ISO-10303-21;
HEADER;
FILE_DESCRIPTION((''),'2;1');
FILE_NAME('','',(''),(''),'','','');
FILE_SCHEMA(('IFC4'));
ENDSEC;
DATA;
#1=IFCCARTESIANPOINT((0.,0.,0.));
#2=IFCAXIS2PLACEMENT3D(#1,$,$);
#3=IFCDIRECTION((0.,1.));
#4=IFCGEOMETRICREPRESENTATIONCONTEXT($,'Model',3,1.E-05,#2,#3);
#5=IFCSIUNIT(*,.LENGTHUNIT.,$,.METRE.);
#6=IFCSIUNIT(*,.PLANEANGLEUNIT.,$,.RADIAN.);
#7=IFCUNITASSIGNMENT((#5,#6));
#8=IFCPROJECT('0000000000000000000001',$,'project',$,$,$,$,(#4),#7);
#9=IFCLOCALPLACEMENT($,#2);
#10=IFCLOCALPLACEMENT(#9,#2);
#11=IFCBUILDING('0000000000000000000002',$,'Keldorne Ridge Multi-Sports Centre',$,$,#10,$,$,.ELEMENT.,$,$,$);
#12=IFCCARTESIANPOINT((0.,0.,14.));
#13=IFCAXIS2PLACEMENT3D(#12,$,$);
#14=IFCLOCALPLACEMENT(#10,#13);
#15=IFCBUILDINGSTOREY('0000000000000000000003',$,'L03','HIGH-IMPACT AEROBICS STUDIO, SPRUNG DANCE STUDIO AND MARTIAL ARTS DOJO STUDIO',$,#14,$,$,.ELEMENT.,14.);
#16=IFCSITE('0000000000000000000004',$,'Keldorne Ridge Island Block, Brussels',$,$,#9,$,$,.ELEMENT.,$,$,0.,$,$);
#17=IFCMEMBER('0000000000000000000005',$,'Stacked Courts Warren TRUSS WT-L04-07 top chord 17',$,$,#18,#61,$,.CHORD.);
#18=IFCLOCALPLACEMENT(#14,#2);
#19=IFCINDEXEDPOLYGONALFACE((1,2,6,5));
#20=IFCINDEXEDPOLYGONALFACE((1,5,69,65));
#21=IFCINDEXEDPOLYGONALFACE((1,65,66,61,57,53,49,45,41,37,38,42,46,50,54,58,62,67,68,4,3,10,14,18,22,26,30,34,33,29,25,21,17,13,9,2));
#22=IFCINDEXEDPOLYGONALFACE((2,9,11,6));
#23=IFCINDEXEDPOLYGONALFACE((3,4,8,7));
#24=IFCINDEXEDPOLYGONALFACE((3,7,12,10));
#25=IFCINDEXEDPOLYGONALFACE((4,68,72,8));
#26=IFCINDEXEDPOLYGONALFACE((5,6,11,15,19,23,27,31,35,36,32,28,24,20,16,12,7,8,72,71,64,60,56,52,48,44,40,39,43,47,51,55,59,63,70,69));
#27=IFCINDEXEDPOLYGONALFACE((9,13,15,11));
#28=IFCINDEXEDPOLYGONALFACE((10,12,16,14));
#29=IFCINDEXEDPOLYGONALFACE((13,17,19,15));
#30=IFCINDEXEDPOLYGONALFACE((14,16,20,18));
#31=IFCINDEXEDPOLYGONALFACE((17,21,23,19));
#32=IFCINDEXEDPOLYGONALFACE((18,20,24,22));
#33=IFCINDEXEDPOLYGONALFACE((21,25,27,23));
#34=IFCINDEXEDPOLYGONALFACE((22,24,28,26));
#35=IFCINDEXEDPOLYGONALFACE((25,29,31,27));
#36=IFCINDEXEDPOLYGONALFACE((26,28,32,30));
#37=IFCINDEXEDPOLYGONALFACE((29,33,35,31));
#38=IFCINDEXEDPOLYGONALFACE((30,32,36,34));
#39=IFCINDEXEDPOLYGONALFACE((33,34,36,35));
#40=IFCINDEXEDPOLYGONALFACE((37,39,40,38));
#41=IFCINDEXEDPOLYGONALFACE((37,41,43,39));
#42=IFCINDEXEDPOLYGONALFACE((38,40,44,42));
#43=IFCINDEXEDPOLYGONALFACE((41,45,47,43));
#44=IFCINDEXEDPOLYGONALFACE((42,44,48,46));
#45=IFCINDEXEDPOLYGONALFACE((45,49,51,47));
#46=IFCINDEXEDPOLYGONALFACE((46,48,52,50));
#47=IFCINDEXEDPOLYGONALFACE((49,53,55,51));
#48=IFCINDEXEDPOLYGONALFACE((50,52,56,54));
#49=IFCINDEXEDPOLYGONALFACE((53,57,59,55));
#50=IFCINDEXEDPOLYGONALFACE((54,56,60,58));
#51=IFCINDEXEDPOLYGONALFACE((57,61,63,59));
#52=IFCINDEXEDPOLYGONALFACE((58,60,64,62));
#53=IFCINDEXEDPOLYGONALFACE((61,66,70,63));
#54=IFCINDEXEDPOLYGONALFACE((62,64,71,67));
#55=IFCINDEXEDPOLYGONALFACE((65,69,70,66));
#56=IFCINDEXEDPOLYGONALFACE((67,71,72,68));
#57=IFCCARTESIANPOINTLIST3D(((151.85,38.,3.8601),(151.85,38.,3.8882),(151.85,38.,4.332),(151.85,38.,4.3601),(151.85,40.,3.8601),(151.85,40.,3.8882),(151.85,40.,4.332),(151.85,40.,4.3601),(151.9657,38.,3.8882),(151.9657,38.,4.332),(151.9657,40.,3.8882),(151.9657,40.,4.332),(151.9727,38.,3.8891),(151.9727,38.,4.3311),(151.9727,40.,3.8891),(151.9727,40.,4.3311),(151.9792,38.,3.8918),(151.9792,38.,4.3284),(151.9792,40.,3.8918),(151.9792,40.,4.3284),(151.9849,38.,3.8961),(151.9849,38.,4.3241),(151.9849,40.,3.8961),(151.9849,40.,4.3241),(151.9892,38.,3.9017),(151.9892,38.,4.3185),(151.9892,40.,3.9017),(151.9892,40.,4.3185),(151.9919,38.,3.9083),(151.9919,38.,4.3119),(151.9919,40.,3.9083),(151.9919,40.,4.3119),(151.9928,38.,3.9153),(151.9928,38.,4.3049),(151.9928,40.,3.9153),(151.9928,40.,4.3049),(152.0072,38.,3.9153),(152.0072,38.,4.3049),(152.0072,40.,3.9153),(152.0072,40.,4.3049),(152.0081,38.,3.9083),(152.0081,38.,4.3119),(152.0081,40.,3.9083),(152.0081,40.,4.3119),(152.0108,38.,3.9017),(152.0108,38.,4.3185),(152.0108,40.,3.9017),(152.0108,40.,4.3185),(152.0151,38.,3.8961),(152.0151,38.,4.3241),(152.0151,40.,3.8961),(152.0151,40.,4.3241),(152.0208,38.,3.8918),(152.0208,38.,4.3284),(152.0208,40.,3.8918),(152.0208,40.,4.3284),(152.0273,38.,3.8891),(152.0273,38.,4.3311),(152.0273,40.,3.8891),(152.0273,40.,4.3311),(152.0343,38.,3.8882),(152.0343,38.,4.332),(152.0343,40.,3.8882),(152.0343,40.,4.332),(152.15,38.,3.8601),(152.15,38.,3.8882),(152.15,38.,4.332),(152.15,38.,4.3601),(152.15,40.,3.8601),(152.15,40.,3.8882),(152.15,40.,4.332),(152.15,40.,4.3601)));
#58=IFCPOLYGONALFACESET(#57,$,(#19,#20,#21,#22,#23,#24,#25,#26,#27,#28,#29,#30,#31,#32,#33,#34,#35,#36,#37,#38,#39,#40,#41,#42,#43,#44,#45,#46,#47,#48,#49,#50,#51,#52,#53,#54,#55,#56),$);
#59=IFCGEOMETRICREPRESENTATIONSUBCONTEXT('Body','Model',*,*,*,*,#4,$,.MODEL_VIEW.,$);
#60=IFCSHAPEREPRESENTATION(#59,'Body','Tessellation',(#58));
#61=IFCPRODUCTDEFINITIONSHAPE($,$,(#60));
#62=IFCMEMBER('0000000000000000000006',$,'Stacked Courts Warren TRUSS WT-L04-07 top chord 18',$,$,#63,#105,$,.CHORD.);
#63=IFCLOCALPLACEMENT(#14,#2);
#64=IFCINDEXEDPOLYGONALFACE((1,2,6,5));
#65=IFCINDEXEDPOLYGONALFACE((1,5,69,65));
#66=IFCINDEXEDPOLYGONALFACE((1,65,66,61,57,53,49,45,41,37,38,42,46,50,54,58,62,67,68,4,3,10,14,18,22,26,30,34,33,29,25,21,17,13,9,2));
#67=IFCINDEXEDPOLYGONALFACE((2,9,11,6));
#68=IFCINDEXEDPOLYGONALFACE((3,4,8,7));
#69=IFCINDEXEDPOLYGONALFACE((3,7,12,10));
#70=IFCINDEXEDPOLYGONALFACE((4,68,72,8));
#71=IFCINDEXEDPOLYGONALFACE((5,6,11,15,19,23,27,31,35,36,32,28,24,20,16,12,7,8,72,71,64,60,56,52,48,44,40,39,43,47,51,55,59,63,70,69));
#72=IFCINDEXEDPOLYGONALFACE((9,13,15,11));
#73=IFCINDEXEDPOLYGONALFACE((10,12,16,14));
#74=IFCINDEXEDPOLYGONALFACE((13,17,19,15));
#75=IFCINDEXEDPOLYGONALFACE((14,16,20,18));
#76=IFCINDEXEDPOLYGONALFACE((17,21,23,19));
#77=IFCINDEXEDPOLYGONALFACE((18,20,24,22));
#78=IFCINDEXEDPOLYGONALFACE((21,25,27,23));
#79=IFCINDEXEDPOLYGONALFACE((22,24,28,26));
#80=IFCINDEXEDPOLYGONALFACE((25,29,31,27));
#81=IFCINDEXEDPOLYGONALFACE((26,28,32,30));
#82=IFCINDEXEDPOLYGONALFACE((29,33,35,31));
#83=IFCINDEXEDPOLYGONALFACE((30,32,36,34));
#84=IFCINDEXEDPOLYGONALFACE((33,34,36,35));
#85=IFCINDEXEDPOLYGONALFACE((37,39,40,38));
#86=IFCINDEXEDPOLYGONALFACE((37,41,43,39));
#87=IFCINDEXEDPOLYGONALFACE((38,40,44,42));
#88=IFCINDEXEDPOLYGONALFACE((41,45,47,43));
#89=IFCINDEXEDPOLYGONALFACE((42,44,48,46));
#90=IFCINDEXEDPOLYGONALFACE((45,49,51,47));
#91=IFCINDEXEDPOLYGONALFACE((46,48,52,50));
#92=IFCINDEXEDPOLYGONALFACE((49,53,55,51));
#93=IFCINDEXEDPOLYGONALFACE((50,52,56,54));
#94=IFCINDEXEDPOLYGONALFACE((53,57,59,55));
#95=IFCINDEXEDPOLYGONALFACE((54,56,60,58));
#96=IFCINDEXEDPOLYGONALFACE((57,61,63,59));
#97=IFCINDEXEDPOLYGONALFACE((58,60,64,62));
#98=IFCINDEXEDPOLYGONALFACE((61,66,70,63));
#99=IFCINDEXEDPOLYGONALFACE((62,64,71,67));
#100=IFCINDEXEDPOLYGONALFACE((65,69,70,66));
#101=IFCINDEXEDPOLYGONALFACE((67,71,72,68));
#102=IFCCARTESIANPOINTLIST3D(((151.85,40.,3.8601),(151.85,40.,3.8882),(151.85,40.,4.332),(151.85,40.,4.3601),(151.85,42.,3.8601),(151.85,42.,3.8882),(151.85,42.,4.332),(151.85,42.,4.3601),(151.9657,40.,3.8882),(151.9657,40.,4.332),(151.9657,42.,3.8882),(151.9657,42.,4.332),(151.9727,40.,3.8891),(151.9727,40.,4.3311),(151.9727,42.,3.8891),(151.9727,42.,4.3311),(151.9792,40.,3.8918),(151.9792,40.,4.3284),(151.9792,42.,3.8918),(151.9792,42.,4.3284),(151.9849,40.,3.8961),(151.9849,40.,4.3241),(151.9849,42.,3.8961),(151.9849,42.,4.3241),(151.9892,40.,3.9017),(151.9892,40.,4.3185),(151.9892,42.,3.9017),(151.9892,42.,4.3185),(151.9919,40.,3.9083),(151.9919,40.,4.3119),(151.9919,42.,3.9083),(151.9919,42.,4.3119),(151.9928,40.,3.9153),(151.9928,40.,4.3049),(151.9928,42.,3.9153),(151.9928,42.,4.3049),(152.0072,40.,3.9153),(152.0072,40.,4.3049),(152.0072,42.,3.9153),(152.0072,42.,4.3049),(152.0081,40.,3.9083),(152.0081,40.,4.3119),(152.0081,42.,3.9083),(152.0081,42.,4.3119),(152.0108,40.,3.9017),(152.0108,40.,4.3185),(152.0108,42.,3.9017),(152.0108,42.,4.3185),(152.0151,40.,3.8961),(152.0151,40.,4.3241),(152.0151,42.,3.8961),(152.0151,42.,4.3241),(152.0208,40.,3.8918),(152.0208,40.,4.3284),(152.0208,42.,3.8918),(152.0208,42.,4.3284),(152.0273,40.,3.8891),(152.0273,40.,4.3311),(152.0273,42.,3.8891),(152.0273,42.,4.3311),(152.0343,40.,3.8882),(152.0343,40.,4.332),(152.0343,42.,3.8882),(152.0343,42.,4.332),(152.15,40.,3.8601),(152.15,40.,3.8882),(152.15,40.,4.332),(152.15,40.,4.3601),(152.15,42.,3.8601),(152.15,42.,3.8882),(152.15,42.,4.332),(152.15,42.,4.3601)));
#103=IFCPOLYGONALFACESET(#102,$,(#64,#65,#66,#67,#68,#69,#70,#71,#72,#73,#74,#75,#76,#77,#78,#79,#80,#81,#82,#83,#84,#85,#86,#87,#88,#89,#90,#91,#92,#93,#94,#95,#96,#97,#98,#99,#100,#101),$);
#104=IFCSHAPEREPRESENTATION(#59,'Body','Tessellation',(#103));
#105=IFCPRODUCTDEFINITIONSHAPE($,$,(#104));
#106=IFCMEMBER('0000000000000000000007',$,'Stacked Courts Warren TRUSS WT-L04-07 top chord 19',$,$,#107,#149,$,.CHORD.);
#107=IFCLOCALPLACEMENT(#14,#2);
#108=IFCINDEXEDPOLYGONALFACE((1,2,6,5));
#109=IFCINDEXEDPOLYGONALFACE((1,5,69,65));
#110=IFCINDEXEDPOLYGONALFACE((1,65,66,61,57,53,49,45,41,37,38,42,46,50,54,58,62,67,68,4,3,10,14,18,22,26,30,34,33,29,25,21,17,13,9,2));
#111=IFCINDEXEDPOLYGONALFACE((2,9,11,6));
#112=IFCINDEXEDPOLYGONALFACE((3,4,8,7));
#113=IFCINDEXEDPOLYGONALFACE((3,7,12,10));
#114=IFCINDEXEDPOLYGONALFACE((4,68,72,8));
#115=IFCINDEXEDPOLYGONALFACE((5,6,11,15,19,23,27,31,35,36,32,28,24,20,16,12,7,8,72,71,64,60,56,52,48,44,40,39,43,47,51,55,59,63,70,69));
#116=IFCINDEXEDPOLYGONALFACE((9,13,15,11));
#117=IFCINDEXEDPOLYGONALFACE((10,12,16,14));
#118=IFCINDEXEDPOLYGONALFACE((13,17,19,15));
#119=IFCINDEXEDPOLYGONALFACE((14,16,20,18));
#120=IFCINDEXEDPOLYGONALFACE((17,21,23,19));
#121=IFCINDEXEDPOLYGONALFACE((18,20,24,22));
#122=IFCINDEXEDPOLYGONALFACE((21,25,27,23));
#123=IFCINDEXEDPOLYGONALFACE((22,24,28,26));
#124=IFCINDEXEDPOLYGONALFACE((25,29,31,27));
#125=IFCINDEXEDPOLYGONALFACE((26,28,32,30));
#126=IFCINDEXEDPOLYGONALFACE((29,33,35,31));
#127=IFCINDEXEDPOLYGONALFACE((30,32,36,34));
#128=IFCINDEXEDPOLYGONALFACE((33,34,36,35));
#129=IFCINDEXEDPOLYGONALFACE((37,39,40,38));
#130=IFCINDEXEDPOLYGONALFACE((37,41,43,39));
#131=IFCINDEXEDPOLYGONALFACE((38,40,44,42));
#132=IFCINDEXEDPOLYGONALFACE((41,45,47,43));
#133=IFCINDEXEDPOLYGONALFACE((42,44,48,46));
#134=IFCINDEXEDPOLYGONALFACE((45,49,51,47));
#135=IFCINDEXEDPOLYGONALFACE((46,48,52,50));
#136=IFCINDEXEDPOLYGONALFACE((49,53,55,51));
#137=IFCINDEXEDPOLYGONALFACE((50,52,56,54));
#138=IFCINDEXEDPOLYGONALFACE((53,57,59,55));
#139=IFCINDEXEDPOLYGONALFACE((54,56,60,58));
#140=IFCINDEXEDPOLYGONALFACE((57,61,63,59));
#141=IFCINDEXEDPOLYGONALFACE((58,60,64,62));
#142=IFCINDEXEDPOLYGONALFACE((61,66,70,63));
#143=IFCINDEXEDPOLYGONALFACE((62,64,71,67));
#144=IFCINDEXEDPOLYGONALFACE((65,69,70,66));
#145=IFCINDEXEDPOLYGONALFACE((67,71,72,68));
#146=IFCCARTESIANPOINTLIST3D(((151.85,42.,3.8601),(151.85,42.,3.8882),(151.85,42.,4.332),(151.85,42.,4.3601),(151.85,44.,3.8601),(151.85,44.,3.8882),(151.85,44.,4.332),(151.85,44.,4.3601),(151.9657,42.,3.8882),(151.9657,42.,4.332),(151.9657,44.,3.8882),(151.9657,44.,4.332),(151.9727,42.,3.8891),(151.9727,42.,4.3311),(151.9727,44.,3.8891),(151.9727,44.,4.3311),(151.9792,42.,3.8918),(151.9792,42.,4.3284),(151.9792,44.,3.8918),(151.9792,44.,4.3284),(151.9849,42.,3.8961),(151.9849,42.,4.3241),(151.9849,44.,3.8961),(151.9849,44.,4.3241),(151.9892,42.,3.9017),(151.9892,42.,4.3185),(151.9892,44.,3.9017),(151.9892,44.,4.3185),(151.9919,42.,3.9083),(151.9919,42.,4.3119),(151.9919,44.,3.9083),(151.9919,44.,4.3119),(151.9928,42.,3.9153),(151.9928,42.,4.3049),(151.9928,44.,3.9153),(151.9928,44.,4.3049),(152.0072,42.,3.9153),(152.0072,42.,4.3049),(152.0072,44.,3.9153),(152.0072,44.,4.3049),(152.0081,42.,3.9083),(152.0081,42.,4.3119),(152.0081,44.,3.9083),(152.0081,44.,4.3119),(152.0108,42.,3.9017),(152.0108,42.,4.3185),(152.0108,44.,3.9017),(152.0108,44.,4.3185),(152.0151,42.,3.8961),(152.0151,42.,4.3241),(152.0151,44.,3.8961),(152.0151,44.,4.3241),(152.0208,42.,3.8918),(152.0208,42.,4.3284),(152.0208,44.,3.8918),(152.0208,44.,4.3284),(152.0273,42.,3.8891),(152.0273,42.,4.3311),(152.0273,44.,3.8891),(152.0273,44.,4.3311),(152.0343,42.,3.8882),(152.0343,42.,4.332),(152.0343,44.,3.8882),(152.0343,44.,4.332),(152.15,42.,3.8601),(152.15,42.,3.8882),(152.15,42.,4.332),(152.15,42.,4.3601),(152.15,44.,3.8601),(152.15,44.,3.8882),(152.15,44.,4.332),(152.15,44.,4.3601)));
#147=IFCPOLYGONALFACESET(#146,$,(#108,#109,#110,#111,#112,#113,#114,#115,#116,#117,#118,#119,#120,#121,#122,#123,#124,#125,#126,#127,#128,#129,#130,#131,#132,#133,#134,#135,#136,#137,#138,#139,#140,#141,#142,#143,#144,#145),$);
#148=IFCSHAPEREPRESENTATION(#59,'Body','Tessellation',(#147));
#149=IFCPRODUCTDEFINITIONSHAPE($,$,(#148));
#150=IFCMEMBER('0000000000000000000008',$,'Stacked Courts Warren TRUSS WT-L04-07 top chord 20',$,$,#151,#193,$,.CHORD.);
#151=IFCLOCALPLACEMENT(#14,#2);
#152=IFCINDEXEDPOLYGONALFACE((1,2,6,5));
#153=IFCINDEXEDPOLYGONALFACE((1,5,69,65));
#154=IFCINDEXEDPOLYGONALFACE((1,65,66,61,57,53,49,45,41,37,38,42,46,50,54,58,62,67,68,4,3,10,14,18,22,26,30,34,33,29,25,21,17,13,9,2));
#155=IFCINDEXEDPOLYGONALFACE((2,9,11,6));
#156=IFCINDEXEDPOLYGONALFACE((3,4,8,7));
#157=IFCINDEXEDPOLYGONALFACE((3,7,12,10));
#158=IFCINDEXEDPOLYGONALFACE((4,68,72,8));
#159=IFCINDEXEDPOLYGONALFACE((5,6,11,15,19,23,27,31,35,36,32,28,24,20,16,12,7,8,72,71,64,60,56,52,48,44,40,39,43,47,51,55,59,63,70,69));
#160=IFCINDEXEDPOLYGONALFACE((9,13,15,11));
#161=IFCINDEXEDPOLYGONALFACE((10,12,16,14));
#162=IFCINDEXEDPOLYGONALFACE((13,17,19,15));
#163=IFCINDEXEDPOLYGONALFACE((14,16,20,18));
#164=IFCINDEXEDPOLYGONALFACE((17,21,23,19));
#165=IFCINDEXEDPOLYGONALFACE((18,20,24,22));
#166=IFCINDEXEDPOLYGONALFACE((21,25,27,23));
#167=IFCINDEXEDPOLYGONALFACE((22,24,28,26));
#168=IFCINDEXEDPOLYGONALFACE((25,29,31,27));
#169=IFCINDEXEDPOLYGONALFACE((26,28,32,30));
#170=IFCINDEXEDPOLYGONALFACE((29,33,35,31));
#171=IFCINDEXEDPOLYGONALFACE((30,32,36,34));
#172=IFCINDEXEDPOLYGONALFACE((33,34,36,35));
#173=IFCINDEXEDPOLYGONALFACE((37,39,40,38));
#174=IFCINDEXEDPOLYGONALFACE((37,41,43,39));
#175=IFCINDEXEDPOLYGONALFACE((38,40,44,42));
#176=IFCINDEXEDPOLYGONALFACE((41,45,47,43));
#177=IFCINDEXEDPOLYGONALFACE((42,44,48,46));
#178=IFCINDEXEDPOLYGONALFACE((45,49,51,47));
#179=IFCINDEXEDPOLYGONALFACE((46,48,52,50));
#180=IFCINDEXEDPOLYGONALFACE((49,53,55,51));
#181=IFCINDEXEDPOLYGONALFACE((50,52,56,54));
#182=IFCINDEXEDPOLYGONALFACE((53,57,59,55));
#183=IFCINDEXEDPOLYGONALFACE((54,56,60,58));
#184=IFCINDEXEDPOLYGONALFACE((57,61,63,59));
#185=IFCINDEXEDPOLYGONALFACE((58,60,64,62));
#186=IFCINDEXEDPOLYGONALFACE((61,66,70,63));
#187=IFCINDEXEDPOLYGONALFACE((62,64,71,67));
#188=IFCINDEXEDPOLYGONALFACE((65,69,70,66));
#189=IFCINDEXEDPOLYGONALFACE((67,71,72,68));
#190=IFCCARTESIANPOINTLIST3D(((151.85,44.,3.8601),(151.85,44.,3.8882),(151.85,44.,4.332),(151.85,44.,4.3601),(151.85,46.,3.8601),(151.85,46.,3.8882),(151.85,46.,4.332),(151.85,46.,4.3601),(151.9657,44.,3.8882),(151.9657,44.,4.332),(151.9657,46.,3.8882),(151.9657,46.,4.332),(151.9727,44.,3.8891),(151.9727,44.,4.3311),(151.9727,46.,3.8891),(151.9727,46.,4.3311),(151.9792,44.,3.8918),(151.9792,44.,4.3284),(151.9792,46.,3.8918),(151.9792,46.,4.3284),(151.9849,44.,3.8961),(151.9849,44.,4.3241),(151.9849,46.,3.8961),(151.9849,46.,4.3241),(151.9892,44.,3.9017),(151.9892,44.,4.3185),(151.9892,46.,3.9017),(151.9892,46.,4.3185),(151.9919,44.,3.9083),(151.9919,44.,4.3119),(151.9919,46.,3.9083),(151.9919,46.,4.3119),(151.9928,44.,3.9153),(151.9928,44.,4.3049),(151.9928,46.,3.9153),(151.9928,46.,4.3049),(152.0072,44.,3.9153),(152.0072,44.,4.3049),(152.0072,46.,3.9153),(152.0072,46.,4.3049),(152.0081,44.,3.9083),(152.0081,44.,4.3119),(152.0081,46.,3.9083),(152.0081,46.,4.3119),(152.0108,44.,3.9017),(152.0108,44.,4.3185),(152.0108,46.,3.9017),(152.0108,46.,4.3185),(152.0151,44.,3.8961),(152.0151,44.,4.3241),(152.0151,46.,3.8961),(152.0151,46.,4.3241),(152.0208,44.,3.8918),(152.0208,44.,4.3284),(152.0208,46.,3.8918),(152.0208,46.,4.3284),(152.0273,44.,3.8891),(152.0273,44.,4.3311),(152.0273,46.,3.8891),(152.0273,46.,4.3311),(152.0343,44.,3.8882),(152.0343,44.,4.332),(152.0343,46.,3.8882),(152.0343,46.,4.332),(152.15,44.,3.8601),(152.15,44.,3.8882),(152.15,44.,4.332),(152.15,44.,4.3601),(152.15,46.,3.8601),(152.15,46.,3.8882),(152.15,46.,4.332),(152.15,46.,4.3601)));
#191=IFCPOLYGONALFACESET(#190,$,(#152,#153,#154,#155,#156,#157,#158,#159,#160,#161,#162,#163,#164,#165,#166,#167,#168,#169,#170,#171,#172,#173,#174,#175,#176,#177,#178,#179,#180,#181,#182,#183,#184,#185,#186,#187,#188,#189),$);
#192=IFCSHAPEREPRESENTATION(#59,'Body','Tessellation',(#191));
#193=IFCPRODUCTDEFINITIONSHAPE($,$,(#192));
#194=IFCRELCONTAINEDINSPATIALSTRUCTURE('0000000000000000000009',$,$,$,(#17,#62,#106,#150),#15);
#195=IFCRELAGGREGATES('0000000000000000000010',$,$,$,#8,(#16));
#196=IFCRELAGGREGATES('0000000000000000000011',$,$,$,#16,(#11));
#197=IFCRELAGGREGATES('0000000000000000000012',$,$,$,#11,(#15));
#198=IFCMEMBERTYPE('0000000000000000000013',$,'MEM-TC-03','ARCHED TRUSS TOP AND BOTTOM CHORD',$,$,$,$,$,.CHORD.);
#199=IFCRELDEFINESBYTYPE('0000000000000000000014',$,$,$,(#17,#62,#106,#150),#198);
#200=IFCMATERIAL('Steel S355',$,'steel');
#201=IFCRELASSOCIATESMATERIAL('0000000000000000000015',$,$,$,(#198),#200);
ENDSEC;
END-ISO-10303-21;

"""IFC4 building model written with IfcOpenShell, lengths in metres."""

from ifc_helpers import new_model, si_unit, direction, frame, origin, origin_2d, place, context, subcontext, project, spatial, i_section, extrude, material, material_profile, profile_set, type_object, element, save


model = new_model("IFC4")

# Units and contexts
model_context = context("Model", 3, precision=1e-05, world=origin(), true_north=direction((0.0, 1.0)))
body_context = subcontext(model_context, "Body", "Model", "MODEL_VIEW")
ifc_project = project(units=[si_unit("LENGTHUNIT", "METRE"), si_unit("PLANEANGLEUNIT", "RADIAN")], contexts=[model_context])

# Site, building, storey
site_placement = place(None, origin())
site = spatial("IfcSite", under=ifc_project, at=site_placement, Name="Keldorne Ridge Island Block, Brussels", CompositionType="ELEMENT", RefElevation=0.0)
building_placement = place(site_placement, origin())
building = spatial("IfcBuilding", under=site, at=building_placement, Name="Keldorne Ridge Multi-Sports Centre", CompositionType="ELEMENT")
storey_placement = place(building_placement, frame((0.0, 0.0, 14.0)))
storey = spatial("IfcBuildingStorey", under=building, at=storey_placement, Name="L03", Description="HIGH-IMPACT AEROBICS STUDIO, SPRUNG DANCE STUDIO AND MARTIAL ARTS DOJO STUDIO", CompositionType="ELEMENT", Elevation=14.0)

# Members
ifc_material = material(Name="Steel S355", Category="steel")
ifc_material_profile_1 = material_profile(ifc_material, i_section(OverallWidth=0.3, OverallDepth=0.5, WebThickness=0.0144, FlangeThickness=0.0281, FilletRadius=0.0271, at=origin_2d()), Name="HEB 500")
ifc_profile_set_1 = profile_set([ifc_material_profile_1], Name="Steel S355")
member_type_1 = type_object("IfcMemberType", Name="MEM-TC-03", Description="ARCHED TRUSS TOP AND BOTTOM CHORD", PredefinedType="CHORD", material=ifc_profile_set_1)
for number, where, z_axis, x_axis, name in (
    (1, (152.0, 38.0, 4.1101), (0.0, 1.0, 0.0), (-1.0, 0.0, 0.0), "Stacked Courts Warren TRUSS WT-L04-07 top chord 17"),
    (2, (152.0, 40.0, 4.1101), (0.0, 1.0, 0.0), (-1.0, 0.0, 0.0), "Stacked Courts Warren TRUSS WT-L04-07 top chord 18"),
    (3, (152.0, 42.0, 4.1101), (0.0, 1.0, 0.0), (-1.0, 0.0, 0.0), "Stacked Courts Warren TRUSS WT-L04-07 top chord 19"),
    (4, (152.0, 44.0, 4.1101), (0.0, 1.0, 0.0), (-1.0, 0.0, 0.0), "Stacked Courts Warren TRUSS WT-L04-07 top chord 20"),
):
    element("IfcMember", number, at=place(storey_placement, frame(where, z_axis=z_axis, x_axis=x_axis)), inside=storey, type_object=member_type_1, Name=name, PredefinedType="CHORD", context=body_context, shape_type="SweptSolid", body=[
        extrude(i_section(OverallWidth=0.3, OverallDepth=0.5, WebThickness=0.0144, FlangeThickness=0.0281, FilletRadius=0.0271, at=origin_2d()), origin(), (0.0, 0.0, 1.0), 2.0),
    ])

save(model, "model.ifc")
